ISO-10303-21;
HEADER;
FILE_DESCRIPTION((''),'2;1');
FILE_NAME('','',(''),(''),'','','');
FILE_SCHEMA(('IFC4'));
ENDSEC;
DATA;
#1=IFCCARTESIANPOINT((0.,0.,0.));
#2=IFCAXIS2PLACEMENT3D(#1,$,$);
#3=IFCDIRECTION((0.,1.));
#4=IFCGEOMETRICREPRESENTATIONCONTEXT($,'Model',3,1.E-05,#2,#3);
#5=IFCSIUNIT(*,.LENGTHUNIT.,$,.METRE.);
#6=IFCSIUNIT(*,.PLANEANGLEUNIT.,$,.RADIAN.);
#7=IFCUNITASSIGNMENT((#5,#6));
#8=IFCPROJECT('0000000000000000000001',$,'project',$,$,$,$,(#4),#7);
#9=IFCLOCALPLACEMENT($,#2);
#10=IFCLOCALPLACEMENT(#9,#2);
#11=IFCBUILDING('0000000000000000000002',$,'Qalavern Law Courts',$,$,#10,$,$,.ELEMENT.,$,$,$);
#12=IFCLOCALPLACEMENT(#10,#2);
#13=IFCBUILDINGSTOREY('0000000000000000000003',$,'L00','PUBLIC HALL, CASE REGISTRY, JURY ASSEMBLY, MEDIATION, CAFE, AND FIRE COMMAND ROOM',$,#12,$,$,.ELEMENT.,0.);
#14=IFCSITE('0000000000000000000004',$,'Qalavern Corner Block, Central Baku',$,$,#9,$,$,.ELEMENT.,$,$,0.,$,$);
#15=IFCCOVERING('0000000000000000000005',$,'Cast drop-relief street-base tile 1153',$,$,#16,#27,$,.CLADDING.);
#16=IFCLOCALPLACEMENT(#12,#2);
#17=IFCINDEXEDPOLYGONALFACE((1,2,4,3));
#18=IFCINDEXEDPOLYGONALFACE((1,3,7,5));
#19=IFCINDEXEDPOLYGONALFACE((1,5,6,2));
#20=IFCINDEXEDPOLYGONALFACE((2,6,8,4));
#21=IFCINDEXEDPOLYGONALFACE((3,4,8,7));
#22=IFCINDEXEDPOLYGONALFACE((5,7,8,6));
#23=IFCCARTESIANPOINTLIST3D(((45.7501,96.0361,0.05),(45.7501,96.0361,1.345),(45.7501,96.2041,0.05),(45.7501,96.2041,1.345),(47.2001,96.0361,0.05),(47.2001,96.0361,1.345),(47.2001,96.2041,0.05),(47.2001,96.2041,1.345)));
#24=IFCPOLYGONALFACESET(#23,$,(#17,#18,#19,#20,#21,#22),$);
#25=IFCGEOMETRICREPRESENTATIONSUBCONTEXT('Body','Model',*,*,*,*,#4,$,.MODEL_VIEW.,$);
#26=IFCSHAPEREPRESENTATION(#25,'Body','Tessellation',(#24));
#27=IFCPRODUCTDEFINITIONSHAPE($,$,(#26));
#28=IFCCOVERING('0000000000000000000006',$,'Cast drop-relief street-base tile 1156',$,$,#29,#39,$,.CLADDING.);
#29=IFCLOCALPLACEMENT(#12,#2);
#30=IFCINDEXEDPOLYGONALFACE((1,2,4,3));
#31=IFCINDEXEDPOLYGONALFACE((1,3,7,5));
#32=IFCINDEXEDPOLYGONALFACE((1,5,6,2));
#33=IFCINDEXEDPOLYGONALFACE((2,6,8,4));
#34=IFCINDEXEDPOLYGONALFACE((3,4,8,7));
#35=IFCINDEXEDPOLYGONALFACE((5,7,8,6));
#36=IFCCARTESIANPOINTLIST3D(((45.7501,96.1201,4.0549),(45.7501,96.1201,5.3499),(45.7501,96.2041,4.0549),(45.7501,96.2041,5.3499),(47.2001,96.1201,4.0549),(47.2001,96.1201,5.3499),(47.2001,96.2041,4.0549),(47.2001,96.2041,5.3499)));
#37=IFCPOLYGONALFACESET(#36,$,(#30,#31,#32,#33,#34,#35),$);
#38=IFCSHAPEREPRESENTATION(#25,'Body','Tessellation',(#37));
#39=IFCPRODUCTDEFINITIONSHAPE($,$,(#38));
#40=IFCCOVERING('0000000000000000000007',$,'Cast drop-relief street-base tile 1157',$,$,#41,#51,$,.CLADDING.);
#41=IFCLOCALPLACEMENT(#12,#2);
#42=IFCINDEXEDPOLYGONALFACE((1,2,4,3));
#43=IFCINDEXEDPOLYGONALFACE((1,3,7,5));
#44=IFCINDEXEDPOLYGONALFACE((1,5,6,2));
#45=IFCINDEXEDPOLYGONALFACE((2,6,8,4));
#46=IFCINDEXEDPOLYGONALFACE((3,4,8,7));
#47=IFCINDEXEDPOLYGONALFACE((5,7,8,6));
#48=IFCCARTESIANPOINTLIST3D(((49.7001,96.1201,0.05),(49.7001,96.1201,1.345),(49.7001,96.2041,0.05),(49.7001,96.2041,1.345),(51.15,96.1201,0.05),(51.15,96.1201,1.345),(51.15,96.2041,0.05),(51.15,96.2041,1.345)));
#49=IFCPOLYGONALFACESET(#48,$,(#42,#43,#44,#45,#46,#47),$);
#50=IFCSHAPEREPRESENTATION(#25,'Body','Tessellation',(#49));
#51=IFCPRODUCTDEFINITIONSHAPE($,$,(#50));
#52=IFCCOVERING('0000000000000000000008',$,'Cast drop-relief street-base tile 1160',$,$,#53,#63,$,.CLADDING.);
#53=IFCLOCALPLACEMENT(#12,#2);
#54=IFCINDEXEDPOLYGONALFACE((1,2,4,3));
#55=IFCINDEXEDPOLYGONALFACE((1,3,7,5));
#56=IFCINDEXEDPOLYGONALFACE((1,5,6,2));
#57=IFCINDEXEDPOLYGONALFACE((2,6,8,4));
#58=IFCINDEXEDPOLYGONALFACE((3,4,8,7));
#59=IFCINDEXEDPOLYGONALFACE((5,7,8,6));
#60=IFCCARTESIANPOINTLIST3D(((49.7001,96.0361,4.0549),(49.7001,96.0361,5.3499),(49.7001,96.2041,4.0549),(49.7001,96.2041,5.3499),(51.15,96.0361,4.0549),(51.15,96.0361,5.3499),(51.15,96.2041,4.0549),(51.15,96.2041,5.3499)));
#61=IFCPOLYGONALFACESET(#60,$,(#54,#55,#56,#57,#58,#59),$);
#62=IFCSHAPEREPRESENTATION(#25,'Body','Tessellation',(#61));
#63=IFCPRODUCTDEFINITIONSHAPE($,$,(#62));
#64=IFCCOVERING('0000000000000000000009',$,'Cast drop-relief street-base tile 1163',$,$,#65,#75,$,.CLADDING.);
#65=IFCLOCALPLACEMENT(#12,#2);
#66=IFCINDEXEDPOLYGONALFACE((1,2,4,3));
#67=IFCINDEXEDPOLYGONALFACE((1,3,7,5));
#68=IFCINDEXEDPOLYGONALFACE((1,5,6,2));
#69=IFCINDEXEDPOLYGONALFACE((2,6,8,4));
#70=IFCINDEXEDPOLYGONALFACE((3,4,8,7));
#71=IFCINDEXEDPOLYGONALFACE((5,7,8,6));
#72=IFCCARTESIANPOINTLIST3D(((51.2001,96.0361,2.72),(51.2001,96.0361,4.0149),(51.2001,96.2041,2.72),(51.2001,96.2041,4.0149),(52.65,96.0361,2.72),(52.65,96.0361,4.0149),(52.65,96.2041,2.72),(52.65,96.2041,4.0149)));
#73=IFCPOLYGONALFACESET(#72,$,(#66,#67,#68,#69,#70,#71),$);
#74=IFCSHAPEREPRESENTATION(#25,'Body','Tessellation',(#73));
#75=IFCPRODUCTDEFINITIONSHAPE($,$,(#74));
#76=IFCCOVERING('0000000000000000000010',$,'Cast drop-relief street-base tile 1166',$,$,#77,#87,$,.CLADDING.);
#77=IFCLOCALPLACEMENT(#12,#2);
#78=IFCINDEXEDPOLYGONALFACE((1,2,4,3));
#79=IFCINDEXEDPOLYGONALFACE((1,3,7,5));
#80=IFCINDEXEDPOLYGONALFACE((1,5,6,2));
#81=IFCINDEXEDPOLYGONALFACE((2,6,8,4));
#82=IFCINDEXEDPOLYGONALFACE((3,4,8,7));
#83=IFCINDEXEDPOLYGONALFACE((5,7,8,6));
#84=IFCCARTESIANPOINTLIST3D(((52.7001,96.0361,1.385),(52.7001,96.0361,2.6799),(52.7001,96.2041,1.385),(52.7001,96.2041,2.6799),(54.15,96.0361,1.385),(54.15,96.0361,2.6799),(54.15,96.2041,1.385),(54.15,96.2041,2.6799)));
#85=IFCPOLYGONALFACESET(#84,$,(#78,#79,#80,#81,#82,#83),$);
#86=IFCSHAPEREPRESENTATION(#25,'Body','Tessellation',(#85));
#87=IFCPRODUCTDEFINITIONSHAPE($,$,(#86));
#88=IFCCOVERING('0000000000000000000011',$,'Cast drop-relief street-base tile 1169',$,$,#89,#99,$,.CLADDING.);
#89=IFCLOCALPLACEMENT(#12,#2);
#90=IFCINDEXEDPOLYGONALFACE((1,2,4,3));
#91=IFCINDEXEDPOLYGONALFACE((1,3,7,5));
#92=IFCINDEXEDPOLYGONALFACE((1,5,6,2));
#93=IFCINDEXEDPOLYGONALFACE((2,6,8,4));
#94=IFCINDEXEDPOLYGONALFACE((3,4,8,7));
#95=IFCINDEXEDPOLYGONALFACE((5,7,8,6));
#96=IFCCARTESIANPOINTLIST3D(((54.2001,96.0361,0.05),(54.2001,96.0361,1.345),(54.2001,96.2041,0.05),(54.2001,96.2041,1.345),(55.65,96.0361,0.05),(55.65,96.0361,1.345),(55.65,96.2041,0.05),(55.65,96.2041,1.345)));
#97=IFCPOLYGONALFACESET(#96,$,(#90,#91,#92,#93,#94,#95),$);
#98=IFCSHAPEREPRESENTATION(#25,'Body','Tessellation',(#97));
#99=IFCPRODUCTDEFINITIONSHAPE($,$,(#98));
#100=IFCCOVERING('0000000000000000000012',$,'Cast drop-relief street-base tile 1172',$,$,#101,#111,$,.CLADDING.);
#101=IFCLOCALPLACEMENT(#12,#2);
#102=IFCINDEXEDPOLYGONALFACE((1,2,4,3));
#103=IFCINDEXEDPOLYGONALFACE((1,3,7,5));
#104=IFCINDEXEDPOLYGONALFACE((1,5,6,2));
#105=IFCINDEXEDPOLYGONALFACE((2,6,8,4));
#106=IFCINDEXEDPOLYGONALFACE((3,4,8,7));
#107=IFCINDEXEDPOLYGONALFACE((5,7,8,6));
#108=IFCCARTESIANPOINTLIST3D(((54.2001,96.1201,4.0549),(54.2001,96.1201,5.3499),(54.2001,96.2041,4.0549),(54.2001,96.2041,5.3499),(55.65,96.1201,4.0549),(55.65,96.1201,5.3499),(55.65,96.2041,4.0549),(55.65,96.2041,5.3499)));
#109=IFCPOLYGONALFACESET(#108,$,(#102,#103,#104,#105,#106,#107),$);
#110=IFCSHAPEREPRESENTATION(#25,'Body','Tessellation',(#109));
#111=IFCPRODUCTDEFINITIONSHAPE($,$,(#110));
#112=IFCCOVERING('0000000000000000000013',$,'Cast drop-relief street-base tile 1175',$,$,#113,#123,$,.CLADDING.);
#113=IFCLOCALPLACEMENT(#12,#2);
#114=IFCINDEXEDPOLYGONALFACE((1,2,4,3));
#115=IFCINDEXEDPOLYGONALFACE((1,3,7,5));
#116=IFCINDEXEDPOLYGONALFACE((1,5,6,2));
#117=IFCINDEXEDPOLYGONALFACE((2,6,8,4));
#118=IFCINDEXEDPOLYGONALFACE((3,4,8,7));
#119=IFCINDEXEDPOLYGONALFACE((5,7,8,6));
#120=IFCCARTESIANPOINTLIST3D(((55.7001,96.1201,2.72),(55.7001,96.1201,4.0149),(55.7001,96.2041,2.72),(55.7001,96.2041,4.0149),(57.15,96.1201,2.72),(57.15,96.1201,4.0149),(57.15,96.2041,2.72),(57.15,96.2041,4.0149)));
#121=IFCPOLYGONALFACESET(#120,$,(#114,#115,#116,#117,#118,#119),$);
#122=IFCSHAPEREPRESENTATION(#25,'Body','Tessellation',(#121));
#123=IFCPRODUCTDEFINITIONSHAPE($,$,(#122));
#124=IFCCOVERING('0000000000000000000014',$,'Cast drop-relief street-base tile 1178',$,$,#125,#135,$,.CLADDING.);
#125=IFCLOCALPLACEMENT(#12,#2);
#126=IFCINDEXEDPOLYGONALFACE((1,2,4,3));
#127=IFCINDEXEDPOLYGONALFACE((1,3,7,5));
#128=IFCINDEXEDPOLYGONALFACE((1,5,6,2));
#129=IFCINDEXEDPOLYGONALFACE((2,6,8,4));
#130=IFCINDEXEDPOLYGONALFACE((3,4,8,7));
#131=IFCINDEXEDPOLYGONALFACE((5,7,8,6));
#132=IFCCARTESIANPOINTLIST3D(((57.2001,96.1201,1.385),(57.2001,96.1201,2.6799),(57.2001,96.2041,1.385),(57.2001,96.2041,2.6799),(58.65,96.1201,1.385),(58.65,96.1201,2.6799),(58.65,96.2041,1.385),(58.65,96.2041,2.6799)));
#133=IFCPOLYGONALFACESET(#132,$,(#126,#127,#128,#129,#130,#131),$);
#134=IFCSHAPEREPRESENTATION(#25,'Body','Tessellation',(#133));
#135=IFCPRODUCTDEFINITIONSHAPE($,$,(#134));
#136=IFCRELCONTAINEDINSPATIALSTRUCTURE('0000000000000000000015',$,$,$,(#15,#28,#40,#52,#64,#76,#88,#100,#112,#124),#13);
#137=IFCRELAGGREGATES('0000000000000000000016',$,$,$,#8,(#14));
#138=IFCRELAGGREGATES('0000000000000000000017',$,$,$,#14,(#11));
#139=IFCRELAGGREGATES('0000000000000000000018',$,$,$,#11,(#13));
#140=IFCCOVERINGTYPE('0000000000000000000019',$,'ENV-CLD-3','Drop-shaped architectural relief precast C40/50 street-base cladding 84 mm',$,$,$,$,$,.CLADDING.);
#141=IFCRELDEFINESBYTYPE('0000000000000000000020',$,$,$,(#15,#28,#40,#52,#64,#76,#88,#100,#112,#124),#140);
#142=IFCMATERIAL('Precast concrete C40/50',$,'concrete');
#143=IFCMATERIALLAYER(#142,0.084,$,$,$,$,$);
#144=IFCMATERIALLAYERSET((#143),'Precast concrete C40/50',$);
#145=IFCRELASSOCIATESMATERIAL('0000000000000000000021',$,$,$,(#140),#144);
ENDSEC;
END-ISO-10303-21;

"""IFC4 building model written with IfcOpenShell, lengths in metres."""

from ifc_helpers import new_model, si_unit, direction, frame, origin, origin_2d, place, context, subcontext, project, spatial, rectangle, extrude, material, layer, layer_set, type_object, element, save


model = new_model("IFC4")

# Units and contexts
model_context = context("Model", 3, precision=1e-05, world=origin(), true_north=direction((0.0, 1.0)))
body_context = subcontext(model_context, "Body", "Model", "MODEL_VIEW")
ifc_project = project(units=[si_unit("LENGTHUNIT", "METRE"), si_unit("PLANEANGLEUNIT", "RADIAN")], contexts=[model_context])

# Site, building, storey
site_placement = place(None, origin())
site = spatial("IfcSite", under=ifc_project, at=site_placement, Name="Qalavern Corner Block, Central Baku", CompositionType="ELEMENT", RefElevation=0.0)
building_placement = place(site_placement, origin())
building = spatial("IfcBuilding", under=site, at=building_placement, Name="Qalavern Law Courts", CompositionType="ELEMENT")
storey_placement = place(building_placement, origin())
storey = spatial("IfcBuildingStorey", under=building, at=storey_placement, Name="L00", Description="PUBLIC HALL, CASE REGISTRY, JURY ASSEMBLY, MEDIATION, CAFE, AND FIRE COMMAND ROOM", CompositionType="ELEMENT", Elevation=0.0)

# Coverings
ifc_material_1 = material(Name="Precast concrete C40/50", Category="concrete")
ifc_layer_1 = layer(ifc_material_1, 0.084)
ifc_layer_set_1 = layer_set([ifc_layer_1], Name="Precast concrete C40/50")
covering_type_1 = type_object("IfcCoveringType", Name="ENV-CLD-3", Description="Drop-shaped architectural relief precast C40/50 street-base cladding 84 mm", PredefinedType="CLADDING", material=ifc_layer_set_1)
for number, where, z_axis, x_axis, name in (
    (1, (46.4751, 96.1201, 0.05), (0.0, 0.0, 1.0), (1.0, 0.0, 0.0), "Cast drop-relief street-base tile 1153"),
):
    element("IfcCovering", number, at=place(storey_placement, frame(where, z_axis=z_axis, x_axis=x_axis)), inside=storey, type_object=covering_type_1, Name=name, PredefinedType="CLADDING", context=body_context, shape_type="SweptSolid", body=[
        extrude(rectangle(XDim=1.45, YDim=0.168, at=origin_2d()), origin(), (0.0, 0.0, 1.0), 1.2949),
    ])
for number, where, z_axis, x_axis, name in (
    (2, (46.4751, 96.1621, 4.0549), (0.0, 0.0, 1.0), (1.0, 0.0, 0.0), "Cast drop-relief street-base tile 1156"),
    (3, (50.425, 96.1621, 0.05), (0.0, 0.0, 1.0), (1.0, 0.0, 0.0), "Cast drop-relief street-base tile 1157"),
):
    element("IfcCovering", number, at=place(storey_placement, frame(where, z_axis=z_axis, x_axis=x_axis)), inside=storey, type_object=covering_type_1, Name=name, PredefinedType="CLADDING", context=body_context, shape_type="SweptSolid", body=[
        extrude(rectangle(XDim=1.45, YDim=0.084, at=origin_2d()), origin(), (0.0, 0.0, 1.0), 1.2949),
    ])
for number, where, z_axis, x_axis, name in (
    (4, (50.425, 96.1201, 4.0549), (0.0, 0.0, 1.0), (1.0, 0.0, 0.0), "Cast drop-relief street-base tile 1160"),
    (5, (51.925, 96.1201, 2.72), (0.0, 0.0, 1.0), (1.0, 0.0, 0.0), "Cast drop-relief street-base tile 1163"),
    (6, (53.425, 96.1201, 1.385), (0.0, 0.0, 1.0), (1.0, 0.0, 0.0), "Cast drop-relief street-base tile 1166"),
    (7, (54.925, 96.1201, 0.05), (0.0, 0.0, 1.0), (1.0, 0.0, 0.0), "Cast drop-relief street-base tile 1169"),
):
    element("IfcCovering", number, at=place(storey_placement, frame(where, z_axis=z_axis, x_axis=x_axis)), inside=storey, type_object=covering_type_1, Name=name, PredefinedType="CLADDING", context=body_context, shape_type="SweptSolid", body=[
        extrude(rectangle(XDim=1.45, YDim=0.168, at=origin_2d()), origin(), (0.0, 0.0, 1.0), 1.2949),
    ])
for number, where, z_axis, x_axis, name in (
    (8, (54.925, 96.1621, 4.0549), (0.0, 0.0, 1.0), (1.0, 0.0, 0.0), "Cast drop-relief street-base tile 1172"),
    (9, (56.425, 96.1621, 2.72), (0.0, 0.0, 1.0), (1.0, 0.0, 0.0), "Cast drop-relief street-base tile 1175"),
    (10, (57.925, 96.1621, 1.385), (0.0, 0.0, 1.0), (1.0, 0.0, 0.0), "Cast drop-relief street-base tile 1178"),
):
    element("IfcCovering", number, at=place(storey_placement, frame(where, z_axis=z_axis, x_axis=x_axis)), inside=storey, type_object=covering_type_1, Name=name, PredefinedType="CLADDING", context=body_context, shape_type="SweptSolid", body=[
        extrude(rectangle(XDim=1.45, YDim=0.084, at=origin_2d()), origin(), (0.0, 0.0, 1.0), 1.2949),
    ])

save(model, "model.ifc")
